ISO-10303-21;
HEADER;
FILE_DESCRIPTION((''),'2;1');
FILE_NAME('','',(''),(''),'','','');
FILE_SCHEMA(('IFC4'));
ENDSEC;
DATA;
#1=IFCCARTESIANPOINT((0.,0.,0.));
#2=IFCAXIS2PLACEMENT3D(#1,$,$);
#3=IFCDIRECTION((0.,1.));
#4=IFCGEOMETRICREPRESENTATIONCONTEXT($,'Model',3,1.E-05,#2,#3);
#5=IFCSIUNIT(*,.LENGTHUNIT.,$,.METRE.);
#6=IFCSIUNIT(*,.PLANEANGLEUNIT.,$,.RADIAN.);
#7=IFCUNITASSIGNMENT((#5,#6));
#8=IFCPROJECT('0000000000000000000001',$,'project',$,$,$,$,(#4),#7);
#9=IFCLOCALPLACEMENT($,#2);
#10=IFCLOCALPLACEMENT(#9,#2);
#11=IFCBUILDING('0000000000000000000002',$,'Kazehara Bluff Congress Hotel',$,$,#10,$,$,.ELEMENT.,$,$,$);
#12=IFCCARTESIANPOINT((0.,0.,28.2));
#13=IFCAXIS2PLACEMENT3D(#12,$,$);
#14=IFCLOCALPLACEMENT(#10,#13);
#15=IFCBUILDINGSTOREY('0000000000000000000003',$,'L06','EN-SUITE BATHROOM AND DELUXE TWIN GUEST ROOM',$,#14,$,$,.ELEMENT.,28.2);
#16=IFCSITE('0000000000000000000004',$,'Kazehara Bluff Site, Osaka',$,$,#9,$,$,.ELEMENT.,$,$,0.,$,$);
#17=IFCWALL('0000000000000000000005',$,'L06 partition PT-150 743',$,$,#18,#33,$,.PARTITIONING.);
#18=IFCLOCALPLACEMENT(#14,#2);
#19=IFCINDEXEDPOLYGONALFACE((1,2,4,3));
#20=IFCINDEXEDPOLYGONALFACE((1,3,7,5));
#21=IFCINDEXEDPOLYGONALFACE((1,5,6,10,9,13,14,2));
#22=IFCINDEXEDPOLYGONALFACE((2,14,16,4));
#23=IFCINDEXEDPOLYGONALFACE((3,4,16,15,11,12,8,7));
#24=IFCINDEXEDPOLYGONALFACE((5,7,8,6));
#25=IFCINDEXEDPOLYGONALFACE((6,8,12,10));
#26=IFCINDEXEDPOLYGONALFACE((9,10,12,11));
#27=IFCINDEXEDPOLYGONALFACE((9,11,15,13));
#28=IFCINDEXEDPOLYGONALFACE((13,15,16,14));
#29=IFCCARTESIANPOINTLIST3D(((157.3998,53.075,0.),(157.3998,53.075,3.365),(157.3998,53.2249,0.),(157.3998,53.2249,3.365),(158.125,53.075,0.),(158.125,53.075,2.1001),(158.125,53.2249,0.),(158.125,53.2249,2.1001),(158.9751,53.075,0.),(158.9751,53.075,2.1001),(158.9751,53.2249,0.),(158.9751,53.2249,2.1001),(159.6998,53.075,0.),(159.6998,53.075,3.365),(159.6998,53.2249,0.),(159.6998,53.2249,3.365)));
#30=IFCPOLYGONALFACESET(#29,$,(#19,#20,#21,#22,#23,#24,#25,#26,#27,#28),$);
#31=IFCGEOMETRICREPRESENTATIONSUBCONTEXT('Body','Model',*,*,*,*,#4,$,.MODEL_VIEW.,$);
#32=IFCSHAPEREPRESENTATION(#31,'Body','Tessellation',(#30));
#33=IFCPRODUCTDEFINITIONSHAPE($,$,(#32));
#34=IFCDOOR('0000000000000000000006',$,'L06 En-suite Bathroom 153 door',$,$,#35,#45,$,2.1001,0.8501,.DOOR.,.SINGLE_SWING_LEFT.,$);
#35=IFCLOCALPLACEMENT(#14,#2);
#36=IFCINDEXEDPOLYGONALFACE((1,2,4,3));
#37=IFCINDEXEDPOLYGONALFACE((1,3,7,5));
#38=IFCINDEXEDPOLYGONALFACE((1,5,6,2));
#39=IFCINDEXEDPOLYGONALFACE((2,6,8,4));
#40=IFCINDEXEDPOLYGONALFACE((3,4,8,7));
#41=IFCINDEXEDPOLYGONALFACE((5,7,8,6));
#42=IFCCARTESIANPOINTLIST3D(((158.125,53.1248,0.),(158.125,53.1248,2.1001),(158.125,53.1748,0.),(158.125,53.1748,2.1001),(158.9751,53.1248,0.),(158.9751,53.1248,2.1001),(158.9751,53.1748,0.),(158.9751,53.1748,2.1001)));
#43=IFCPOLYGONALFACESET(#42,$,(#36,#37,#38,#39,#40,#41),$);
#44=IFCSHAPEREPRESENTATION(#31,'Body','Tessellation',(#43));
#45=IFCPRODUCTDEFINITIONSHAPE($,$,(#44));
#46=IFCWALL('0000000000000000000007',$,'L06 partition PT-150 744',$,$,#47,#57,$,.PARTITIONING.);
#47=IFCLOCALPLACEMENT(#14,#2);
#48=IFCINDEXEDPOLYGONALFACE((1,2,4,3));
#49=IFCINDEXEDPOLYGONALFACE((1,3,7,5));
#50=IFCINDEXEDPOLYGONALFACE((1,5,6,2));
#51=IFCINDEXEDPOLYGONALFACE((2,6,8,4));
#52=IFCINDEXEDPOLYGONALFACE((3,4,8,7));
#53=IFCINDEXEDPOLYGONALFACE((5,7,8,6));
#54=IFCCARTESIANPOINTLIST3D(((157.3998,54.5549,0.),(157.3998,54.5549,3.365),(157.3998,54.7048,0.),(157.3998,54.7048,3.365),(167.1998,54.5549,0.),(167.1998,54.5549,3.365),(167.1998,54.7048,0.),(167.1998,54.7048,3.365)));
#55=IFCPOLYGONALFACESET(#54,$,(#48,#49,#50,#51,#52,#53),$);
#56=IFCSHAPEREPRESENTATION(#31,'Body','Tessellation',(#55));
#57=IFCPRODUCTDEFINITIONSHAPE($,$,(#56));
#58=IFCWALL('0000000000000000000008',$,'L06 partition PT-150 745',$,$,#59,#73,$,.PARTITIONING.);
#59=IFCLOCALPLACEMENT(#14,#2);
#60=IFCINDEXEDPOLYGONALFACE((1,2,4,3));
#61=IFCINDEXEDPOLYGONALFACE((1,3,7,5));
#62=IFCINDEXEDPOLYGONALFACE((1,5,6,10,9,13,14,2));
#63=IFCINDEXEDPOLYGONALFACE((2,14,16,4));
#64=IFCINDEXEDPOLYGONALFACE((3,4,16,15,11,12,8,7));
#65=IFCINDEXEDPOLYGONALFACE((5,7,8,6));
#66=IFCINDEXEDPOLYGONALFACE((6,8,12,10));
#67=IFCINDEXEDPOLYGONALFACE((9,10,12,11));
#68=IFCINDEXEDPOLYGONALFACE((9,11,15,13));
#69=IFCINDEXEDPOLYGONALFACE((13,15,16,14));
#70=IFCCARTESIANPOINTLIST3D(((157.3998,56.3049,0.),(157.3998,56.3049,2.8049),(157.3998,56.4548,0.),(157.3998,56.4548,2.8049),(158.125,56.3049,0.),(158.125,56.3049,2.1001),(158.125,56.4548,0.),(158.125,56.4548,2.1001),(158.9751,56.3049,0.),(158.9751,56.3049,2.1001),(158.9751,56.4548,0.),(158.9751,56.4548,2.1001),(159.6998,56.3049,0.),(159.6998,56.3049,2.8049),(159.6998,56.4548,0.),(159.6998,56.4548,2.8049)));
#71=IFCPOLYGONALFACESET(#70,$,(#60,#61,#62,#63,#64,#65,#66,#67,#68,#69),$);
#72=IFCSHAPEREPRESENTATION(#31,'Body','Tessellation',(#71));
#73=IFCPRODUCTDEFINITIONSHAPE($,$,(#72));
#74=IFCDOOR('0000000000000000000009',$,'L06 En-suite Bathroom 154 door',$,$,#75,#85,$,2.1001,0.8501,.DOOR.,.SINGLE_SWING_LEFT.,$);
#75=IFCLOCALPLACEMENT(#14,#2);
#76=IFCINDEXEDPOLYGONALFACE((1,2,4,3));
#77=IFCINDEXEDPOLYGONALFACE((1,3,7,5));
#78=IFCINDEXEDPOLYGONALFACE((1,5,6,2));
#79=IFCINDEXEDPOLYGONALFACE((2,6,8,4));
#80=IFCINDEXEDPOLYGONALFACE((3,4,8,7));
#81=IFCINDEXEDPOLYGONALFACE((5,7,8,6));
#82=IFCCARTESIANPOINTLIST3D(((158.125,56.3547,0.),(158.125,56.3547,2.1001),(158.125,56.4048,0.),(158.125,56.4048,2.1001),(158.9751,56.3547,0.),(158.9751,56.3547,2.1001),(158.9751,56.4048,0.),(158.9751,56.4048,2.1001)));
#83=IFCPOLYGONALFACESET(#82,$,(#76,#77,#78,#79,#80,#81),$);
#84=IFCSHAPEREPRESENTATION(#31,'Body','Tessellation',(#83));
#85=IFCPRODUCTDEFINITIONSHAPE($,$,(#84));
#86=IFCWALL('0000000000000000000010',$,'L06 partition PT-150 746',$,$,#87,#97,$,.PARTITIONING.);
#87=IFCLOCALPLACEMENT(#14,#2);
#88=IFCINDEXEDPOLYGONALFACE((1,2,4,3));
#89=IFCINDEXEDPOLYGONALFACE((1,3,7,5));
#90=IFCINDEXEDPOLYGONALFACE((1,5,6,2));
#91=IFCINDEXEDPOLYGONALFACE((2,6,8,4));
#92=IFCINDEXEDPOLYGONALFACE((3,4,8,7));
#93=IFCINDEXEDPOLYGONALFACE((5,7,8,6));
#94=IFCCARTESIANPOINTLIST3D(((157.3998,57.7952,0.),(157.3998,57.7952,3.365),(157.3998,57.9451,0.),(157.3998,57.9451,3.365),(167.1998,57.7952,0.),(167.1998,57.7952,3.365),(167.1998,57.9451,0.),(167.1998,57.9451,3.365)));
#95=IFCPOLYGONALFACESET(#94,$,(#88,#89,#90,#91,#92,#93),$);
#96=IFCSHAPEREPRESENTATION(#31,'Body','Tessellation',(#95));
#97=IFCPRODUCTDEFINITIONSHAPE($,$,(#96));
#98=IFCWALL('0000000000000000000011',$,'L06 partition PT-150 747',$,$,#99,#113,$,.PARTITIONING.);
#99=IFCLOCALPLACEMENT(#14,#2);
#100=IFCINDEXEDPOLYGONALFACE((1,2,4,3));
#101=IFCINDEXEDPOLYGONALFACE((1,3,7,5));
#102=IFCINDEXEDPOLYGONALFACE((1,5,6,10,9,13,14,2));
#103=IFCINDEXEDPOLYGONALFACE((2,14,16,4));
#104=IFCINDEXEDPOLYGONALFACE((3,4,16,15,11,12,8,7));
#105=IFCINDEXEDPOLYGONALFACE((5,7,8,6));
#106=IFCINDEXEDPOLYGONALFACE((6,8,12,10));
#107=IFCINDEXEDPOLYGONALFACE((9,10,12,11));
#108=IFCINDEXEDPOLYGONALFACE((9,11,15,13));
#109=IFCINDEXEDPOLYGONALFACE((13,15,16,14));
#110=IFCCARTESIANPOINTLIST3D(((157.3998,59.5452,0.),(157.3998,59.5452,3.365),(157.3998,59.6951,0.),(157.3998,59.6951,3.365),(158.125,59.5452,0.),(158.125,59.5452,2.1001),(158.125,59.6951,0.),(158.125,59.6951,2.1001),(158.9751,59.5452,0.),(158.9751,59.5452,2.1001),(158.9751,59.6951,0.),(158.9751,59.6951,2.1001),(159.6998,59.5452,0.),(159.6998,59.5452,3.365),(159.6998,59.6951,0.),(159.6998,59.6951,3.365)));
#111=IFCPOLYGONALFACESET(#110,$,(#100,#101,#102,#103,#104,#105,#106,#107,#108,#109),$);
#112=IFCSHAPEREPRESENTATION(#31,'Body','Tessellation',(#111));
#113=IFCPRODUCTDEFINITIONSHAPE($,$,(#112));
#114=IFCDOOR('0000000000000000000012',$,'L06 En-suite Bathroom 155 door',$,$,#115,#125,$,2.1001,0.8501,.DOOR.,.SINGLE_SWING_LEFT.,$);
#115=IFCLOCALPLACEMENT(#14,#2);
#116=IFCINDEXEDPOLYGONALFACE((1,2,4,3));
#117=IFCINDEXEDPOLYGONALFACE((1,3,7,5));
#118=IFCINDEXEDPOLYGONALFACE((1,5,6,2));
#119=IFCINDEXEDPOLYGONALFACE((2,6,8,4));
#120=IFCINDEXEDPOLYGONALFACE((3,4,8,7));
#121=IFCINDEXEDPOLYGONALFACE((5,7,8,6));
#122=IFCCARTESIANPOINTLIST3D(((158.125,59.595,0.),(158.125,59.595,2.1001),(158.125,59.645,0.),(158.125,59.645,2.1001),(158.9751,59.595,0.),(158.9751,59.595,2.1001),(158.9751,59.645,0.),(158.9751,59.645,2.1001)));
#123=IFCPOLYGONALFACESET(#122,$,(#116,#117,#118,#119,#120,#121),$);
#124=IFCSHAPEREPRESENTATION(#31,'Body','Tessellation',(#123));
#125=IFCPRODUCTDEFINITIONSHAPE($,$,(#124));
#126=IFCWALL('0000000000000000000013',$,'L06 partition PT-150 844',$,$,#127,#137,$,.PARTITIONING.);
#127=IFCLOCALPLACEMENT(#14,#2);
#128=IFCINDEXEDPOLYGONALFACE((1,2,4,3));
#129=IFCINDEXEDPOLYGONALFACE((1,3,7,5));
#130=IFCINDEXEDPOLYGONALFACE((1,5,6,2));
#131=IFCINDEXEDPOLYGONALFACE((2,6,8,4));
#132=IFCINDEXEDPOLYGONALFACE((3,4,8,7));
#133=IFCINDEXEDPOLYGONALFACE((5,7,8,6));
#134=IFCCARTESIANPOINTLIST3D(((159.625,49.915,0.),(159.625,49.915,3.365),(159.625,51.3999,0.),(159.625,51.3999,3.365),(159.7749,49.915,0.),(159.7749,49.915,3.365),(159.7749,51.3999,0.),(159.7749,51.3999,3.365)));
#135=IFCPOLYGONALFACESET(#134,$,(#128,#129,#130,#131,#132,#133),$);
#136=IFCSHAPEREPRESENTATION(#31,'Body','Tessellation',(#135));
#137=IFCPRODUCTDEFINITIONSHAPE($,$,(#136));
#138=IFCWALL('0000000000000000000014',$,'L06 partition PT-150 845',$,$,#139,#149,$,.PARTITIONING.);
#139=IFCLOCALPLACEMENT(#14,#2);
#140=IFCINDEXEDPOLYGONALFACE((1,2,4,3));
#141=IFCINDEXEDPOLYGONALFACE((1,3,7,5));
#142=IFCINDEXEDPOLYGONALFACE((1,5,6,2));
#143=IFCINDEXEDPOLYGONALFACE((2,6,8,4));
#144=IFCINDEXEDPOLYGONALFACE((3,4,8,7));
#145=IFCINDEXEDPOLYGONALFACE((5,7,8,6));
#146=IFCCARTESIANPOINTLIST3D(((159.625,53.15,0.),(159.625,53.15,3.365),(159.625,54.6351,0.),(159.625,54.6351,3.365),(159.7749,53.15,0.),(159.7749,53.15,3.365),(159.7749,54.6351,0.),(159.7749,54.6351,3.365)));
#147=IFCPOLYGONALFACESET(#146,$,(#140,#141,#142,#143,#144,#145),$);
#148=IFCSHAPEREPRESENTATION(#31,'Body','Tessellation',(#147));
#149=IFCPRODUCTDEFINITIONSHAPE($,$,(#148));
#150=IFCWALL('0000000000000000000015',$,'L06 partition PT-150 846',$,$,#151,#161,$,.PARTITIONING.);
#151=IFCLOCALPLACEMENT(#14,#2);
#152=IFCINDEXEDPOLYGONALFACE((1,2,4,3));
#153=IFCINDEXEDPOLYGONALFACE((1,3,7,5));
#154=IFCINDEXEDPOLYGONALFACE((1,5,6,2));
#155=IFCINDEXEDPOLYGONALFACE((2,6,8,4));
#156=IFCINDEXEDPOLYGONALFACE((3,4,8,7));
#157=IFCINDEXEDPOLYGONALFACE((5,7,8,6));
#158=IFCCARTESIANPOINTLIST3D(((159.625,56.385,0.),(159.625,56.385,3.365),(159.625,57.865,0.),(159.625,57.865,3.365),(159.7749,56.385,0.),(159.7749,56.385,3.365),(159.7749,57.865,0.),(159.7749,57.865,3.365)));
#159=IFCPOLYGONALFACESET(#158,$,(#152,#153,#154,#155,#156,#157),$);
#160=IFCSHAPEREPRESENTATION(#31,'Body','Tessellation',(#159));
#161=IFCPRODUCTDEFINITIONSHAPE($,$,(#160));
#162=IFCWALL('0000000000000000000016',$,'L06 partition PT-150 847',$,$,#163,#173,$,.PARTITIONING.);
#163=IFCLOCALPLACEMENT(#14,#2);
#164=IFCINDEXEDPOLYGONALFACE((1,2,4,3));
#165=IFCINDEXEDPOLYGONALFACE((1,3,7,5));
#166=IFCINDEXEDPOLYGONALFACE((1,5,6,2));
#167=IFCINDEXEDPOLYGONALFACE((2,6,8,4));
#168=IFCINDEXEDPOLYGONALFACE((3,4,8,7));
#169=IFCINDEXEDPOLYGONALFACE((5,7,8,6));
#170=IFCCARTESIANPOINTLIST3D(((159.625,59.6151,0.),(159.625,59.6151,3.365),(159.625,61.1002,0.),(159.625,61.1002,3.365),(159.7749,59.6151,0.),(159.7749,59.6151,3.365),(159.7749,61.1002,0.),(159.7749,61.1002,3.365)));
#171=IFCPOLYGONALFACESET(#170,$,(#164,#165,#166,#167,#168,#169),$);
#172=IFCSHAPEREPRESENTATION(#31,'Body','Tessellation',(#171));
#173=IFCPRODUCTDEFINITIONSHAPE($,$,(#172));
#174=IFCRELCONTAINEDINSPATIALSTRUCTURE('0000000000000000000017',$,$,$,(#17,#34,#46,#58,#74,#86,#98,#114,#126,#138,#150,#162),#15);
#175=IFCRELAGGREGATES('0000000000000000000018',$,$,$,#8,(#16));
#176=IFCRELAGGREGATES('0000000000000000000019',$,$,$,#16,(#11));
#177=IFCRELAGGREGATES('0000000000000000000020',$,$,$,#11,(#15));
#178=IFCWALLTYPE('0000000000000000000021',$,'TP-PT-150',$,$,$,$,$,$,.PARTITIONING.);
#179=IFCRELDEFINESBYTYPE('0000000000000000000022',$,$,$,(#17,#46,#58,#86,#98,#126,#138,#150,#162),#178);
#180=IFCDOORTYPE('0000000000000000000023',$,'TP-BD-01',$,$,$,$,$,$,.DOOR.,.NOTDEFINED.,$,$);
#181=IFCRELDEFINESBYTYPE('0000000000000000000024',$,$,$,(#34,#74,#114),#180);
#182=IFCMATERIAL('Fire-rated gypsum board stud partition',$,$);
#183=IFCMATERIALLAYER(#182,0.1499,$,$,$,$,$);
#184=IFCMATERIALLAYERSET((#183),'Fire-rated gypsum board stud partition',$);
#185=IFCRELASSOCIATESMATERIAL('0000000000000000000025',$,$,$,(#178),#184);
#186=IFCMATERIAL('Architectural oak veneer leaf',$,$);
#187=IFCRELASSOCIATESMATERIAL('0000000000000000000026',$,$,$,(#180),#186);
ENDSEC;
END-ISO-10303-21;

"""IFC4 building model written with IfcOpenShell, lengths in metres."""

from ifc_helpers import new_model, si_unit, direction, frame, frame_2d, origin, place, context, subcontext, project, spatial, rectangle, extrude, material, layer, layer_set, type_object, element, fill, save


model = new_model("IFC4")

# Units and contexts
model_context = context("Model", 3, precision=1e-05, world=origin(), true_north=direction((0.0, 1.0)))
body_context = subcontext(model_context, "Body", "Model", "MODEL_VIEW")
ifc_project = project(units=[si_unit("LENGTHUNIT", "METRE"), si_unit("PLANEANGLEUNIT", "RADIAN")], contexts=[model_context])

# Site, building, storey
site_placement = place(None, origin())
site = spatial("IfcSite", under=ifc_project, at=site_placement, Name="Kazehara Bluff Site, Osaka", CompositionType="ELEMENT", RefElevation=0.0)
building_placement = place(site_placement, origin())
building = spatial("IfcBuilding", under=site, at=building_placement, Name="Kazehara Bluff Congress Hotel", CompositionType="ELEMENT")
storey_placement = place(building_placement, frame((0.0, 0.0, 28.2)))
storey = spatial("IfcBuildingStorey", under=building, at=storey_placement, Name="L06", Description="EN-SUITE BATHROOM AND DELUXE TWIN GUEST ROOM", CompositionType="ELEMENT", Elevation=28.2)

# Shared definitions
ifc_material_1 = material(Name="Fire-rated gypsum board stud partition")
ifc_layer_1 = layer(ifc_material_1, 0.1499)
ifc_layer_set_1 = layer_set([ifc_layer_1], Name="Fire-rated gypsum board stud partition")
wall_type_1 = type_object("IfcWallType", Name="TP-PT-150", PredefinedType="PARTITIONING", material=ifc_layer_set_1)
ifc_material_2 = material(Name="Architectural oak veneer leaf")
door_type_1 = type_object("IfcDoorType", Name="TP-BD-01", OperationType="NOTDEFINED", PredefinedType="DOOR", material=ifc_material_2)

# Wall, opening, door
wall_1_placement = place(storey_placement, frame((157.3999, 53.1499, 0.0), z_axis=(0.0, 0.0, 1.0), x_axis=(1.0, 0.0, 0.0)))
wall_1 = element("IfcWall", 1, at=wall_1_placement, inside=storey, type_object=wall_type_1, Name="L06 partition PT-150 743", PredefinedType="PARTITIONING", context=body_context, shape_type="SweptSolid", body=[
    extrude(rectangle(XDim=2.3, YDim=0.1499, at=frame_2d((1.1499, 0.0))), origin(), (0.0, 0.0, 1.0), 3.365),
])
opening_1_placement = place(wall_1_placement, frame((0.7251, 0.0, 0.0)))
opening_1 = element("IfcOpeningElement", 2, at=opening_1_placement, cuts=wall_1, PredefinedType="OPENING", context=body_context, shape_type="SweptSolid", body=[
    extrude(rectangle(XDim=0.8501, YDim=2.1001, at=frame_2d((0.425, 1.05))), frame((0.0, 0.085, 0.0), z_axis=(0.0, -1.0, 0.0), x_axis=(1.0, 0.0, 0.0)), (0.0, 0.0, 1.0), 0.1699),
])
door_1_placement = place(opening_1_placement, origin())
door_1 = element("IfcDoor", 3, at=door_1_placement, inside=storey, type_object=door_type_1, Name="L06 En-suite Bathroom 153 door", OperationType="SINGLE_SWING_LEFT", OverallHeight=2.1001, OverallWidth=0.8501, PredefinedType="DOOR", context=body_context, shape_type="SweptSolid", body=[
    extrude(rectangle(XDim=0.8501, YDim=2.1001, at=frame_2d((0.425, 1.05))), frame((0.0, 0.0249, 0.0), z_axis=(0.0, -1.0, 0.0), x_axis=(1.0, 0.0, 0.0)), (0.0, 0.0, 1.0), 0.05),
])
fill(opening_1, door_1)

# Wall
wall_2_placement = place(storey_placement, frame((157.3999, 54.6299, 0.0), z_axis=(0.0, 0.0, 1.0), x_axis=(1.0, 0.0, 0.0)))
element("IfcWall", 4, at=wall_2_placement, inside=storey, type_object=wall_type_1, Name="L06 partition PT-150 744", PredefinedType="PARTITIONING", context=body_context, shape_type="SweptSolid", body=[
    extrude(rectangle(XDim=9.8, YDim=0.1499, at=frame_2d((4.8999, 0.0))), origin(), (0.0, 0.0, 1.0), 3.365),
])

# Wall, opening, door
wall_3_placement = place(storey_placement, frame((157.3999, 56.3799, 0.0), z_axis=(0.0, 0.0, 1.0), x_axis=(1.0, 0.0, 0.0)))
wall_3 = element("IfcWall", 5, at=wall_3_placement, inside=storey, type_object=wall_type_1, Name="L06 partition PT-150 745", PredefinedType="PARTITIONING", context=body_context, shape_type="SweptSolid", body=[
    extrude(rectangle(XDim=2.3, YDim=0.1499, at=frame_2d((1.1499, 0.0))), origin(), (0.0, 0.0, 1.0), 2.8049),
])
opening_2_placement = place(wall_3_placement, frame((0.7251, 0.0, 0.0)))
opening_2 = element("IfcOpeningElement", 6, at=opening_2_placement, cuts=wall_3, PredefinedType="OPENING", context=body_context, shape_type="SweptSolid", body=[
    extrude(rectangle(XDim=0.8501, YDim=2.1001, at=frame_2d((0.425, 1.05))), frame((0.0, 0.085, 0.0), z_axis=(0.0, -1.0, 0.0), x_axis=(1.0, 0.0, 0.0)), (0.0, 0.0, 1.0), 0.1699),
])
door_2_placement = place(opening_2_placement, origin())
door_2 = element("IfcDoor", 7, at=door_2_placement, inside=storey, type_object=door_type_1, Name="L06 En-suite Bathroom 154 door", OperationType="SINGLE_SWING_LEFT", OverallHeight=2.1001, OverallWidth=0.8501, PredefinedType="DOOR", context=body_context, shape_type="SweptSolid", body=[
    extrude(rectangle(XDim=0.8501, YDim=2.1001, at=frame_2d((0.425, 1.05))), frame((0.0, 0.0249, 0.0), z_axis=(0.0, -1.0, 0.0), x_axis=(1.0, 0.0, 0.0)), (0.0, 0.0, 1.0), 0.05),
])
fill(opening_2, door_2)

# Wall
wall_4_placement = place(storey_placement, frame((157.3999, 57.8701, 0.0), z_axis=(0.0, 0.0, 1.0), x_axis=(1.0, 0.0, 0.0)))
element("IfcWall", 8, at=wall_4_placement, inside=storey, type_object=wall_type_1, Name="L06 partition PT-150 746", PredefinedType="PARTITIONING", context=body_context, shape_type="SweptSolid", body=[
    extrude(rectangle(XDim=9.8, YDim=0.1499, at=frame_2d((4.8999, 0.0))), origin(), (0.0, 0.0, 1.0), 3.365),
])

# Wall, opening, door
wall_5_placement = place(storey_placement, frame((157.3999, 59.6201, 0.0), z_axis=(0.0, 0.0, 1.0), x_axis=(1.0, 0.0, 0.0)))
wall_5 = element("IfcWall", 9, at=wall_5_placement, inside=storey, type_object=wall_type_1, Name="L06 partition PT-150 747", PredefinedType="PARTITIONING", context=body_context, shape_type="SweptSolid", body=[
    extrude(rectangle(XDim=2.3, YDim=0.1499, at=frame_2d((1.1499, 0.0))), origin(), (0.0, 0.0, 1.0), 3.365),
])
opening_3_placement = place(wall_5_placement, frame((0.7251, 0.0, 0.0)))
opening_3 = element("IfcOpeningElement", 10, at=opening_3_placement, cuts=wall_5, PredefinedType="OPENING", context=body_context, shape_type="SweptSolid", body=[
    extrude(rectangle(XDim=0.8501, YDim=2.1001, at=frame_2d((0.425, 1.05))), frame((0.0, 0.085, 0.0), z_axis=(0.0, -1.0, 0.0), x_axis=(1.0, 0.0, 0.0)), (0.0, 0.0, 1.0), 0.1699),
])
door_3_placement = place(opening_3_placement, origin())
door_3 = element("IfcDoor", 11, at=door_3_placement, inside=storey, type_object=door_type_1, Name="L06 En-suite Bathroom 155 door", OperationType="SINGLE_SWING_LEFT", OverallHeight=2.1001, OverallWidth=0.8501, PredefinedType="DOOR", context=body_context, shape_type="SweptSolid", body=[
    extrude(rectangle(XDim=0.8501, YDim=2.1001, at=frame_2d((0.425, 1.05))), frame((0.0, 0.0249, 0.0), z_axis=(0.0, -1.0, 0.0), x_axis=(1.0, 0.0, 0.0)), (0.0, 0.0, 1.0), 0.05),
])
fill(opening_3, door_3)

# Walls
wall_6_placement = place(storey_placement, frame((159.7, 49.915, 0.0), z_axis=(0.0, 0.0, 1.0), x_axis=(0.0, 1.0, 0.0)))
element("IfcWall", 12, at=wall_6_placement, inside=storey, type_object=wall_type_1, Name="L06 partition PT-150 844", PredefinedType="PARTITIONING", context=body_context, shape_type="SweptSolid", body=[
    extrude(rectangle(XDim=1.4849, YDim=0.1499, at=frame_2d((0.7424, 0.0))), origin(), (0.0, 0.0, 1.0), 3.365),
])
wall_7_placement = place(storey_placement, frame((159.7, 53.1499, 0.0), z_axis=(0.0, 0.0, 1.0), x_axis=(0.0, 1.0, 0.0)))
element("IfcWall", 13, at=wall_7_placement, inside=storey, type_object=wall_type_1, Name="L06 partition PT-150 845", PredefinedType="PARTITIONING", context=body_context, shape_type="SweptSolid", body=[
    extrude(rectangle(XDim=1.4851, YDim=0.1499, at=frame_2d((0.7427, 0.0))), origin(), (0.0, 0.0, 1.0), 3.365),
])
wall_8_placement = place(storey_placement, frame((159.7, 56.385, 0.0), z_axis=(0.0, 0.0, 1.0), x_axis=(0.0, 1.0, 0.0)))
element("IfcWall", 14, at=wall_8_placement, inside=storey, type_object=wall_type_1, Name="L06 partition PT-150 846", PredefinedType="PARTITIONING", context=body_context, shape_type="SweptSolid", body=[
    extrude(rectangle(XDim=1.48, YDim=0.1499, at=frame_2d((0.74, 0.0))), origin(), (0.0, 0.0, 1.0), 3.365),
])
wall_9_placement = place(storey_placement, frame((159.7, 59.615, 0.0), z_axis=(0.0, 0.0, 1.0), x_axis=(0.0, 1.0, 0.0)))
element("IfcWall", 15, at=wall_9_placement, inside=storey, type_object=wall_type_1, Name="L06 partition PT-150 847", PredefinedType="PARTITIONING", context=body_context, shape_type="SweptSolid", body=[
    extrude(rectangle(XDim=1.4851, YDim=0.1499, at=frame_2d((0.7427, 0.0))), origin(), (0.0, 0.0, 1.0), 3.365),
])

save(model, "model.ifc")
